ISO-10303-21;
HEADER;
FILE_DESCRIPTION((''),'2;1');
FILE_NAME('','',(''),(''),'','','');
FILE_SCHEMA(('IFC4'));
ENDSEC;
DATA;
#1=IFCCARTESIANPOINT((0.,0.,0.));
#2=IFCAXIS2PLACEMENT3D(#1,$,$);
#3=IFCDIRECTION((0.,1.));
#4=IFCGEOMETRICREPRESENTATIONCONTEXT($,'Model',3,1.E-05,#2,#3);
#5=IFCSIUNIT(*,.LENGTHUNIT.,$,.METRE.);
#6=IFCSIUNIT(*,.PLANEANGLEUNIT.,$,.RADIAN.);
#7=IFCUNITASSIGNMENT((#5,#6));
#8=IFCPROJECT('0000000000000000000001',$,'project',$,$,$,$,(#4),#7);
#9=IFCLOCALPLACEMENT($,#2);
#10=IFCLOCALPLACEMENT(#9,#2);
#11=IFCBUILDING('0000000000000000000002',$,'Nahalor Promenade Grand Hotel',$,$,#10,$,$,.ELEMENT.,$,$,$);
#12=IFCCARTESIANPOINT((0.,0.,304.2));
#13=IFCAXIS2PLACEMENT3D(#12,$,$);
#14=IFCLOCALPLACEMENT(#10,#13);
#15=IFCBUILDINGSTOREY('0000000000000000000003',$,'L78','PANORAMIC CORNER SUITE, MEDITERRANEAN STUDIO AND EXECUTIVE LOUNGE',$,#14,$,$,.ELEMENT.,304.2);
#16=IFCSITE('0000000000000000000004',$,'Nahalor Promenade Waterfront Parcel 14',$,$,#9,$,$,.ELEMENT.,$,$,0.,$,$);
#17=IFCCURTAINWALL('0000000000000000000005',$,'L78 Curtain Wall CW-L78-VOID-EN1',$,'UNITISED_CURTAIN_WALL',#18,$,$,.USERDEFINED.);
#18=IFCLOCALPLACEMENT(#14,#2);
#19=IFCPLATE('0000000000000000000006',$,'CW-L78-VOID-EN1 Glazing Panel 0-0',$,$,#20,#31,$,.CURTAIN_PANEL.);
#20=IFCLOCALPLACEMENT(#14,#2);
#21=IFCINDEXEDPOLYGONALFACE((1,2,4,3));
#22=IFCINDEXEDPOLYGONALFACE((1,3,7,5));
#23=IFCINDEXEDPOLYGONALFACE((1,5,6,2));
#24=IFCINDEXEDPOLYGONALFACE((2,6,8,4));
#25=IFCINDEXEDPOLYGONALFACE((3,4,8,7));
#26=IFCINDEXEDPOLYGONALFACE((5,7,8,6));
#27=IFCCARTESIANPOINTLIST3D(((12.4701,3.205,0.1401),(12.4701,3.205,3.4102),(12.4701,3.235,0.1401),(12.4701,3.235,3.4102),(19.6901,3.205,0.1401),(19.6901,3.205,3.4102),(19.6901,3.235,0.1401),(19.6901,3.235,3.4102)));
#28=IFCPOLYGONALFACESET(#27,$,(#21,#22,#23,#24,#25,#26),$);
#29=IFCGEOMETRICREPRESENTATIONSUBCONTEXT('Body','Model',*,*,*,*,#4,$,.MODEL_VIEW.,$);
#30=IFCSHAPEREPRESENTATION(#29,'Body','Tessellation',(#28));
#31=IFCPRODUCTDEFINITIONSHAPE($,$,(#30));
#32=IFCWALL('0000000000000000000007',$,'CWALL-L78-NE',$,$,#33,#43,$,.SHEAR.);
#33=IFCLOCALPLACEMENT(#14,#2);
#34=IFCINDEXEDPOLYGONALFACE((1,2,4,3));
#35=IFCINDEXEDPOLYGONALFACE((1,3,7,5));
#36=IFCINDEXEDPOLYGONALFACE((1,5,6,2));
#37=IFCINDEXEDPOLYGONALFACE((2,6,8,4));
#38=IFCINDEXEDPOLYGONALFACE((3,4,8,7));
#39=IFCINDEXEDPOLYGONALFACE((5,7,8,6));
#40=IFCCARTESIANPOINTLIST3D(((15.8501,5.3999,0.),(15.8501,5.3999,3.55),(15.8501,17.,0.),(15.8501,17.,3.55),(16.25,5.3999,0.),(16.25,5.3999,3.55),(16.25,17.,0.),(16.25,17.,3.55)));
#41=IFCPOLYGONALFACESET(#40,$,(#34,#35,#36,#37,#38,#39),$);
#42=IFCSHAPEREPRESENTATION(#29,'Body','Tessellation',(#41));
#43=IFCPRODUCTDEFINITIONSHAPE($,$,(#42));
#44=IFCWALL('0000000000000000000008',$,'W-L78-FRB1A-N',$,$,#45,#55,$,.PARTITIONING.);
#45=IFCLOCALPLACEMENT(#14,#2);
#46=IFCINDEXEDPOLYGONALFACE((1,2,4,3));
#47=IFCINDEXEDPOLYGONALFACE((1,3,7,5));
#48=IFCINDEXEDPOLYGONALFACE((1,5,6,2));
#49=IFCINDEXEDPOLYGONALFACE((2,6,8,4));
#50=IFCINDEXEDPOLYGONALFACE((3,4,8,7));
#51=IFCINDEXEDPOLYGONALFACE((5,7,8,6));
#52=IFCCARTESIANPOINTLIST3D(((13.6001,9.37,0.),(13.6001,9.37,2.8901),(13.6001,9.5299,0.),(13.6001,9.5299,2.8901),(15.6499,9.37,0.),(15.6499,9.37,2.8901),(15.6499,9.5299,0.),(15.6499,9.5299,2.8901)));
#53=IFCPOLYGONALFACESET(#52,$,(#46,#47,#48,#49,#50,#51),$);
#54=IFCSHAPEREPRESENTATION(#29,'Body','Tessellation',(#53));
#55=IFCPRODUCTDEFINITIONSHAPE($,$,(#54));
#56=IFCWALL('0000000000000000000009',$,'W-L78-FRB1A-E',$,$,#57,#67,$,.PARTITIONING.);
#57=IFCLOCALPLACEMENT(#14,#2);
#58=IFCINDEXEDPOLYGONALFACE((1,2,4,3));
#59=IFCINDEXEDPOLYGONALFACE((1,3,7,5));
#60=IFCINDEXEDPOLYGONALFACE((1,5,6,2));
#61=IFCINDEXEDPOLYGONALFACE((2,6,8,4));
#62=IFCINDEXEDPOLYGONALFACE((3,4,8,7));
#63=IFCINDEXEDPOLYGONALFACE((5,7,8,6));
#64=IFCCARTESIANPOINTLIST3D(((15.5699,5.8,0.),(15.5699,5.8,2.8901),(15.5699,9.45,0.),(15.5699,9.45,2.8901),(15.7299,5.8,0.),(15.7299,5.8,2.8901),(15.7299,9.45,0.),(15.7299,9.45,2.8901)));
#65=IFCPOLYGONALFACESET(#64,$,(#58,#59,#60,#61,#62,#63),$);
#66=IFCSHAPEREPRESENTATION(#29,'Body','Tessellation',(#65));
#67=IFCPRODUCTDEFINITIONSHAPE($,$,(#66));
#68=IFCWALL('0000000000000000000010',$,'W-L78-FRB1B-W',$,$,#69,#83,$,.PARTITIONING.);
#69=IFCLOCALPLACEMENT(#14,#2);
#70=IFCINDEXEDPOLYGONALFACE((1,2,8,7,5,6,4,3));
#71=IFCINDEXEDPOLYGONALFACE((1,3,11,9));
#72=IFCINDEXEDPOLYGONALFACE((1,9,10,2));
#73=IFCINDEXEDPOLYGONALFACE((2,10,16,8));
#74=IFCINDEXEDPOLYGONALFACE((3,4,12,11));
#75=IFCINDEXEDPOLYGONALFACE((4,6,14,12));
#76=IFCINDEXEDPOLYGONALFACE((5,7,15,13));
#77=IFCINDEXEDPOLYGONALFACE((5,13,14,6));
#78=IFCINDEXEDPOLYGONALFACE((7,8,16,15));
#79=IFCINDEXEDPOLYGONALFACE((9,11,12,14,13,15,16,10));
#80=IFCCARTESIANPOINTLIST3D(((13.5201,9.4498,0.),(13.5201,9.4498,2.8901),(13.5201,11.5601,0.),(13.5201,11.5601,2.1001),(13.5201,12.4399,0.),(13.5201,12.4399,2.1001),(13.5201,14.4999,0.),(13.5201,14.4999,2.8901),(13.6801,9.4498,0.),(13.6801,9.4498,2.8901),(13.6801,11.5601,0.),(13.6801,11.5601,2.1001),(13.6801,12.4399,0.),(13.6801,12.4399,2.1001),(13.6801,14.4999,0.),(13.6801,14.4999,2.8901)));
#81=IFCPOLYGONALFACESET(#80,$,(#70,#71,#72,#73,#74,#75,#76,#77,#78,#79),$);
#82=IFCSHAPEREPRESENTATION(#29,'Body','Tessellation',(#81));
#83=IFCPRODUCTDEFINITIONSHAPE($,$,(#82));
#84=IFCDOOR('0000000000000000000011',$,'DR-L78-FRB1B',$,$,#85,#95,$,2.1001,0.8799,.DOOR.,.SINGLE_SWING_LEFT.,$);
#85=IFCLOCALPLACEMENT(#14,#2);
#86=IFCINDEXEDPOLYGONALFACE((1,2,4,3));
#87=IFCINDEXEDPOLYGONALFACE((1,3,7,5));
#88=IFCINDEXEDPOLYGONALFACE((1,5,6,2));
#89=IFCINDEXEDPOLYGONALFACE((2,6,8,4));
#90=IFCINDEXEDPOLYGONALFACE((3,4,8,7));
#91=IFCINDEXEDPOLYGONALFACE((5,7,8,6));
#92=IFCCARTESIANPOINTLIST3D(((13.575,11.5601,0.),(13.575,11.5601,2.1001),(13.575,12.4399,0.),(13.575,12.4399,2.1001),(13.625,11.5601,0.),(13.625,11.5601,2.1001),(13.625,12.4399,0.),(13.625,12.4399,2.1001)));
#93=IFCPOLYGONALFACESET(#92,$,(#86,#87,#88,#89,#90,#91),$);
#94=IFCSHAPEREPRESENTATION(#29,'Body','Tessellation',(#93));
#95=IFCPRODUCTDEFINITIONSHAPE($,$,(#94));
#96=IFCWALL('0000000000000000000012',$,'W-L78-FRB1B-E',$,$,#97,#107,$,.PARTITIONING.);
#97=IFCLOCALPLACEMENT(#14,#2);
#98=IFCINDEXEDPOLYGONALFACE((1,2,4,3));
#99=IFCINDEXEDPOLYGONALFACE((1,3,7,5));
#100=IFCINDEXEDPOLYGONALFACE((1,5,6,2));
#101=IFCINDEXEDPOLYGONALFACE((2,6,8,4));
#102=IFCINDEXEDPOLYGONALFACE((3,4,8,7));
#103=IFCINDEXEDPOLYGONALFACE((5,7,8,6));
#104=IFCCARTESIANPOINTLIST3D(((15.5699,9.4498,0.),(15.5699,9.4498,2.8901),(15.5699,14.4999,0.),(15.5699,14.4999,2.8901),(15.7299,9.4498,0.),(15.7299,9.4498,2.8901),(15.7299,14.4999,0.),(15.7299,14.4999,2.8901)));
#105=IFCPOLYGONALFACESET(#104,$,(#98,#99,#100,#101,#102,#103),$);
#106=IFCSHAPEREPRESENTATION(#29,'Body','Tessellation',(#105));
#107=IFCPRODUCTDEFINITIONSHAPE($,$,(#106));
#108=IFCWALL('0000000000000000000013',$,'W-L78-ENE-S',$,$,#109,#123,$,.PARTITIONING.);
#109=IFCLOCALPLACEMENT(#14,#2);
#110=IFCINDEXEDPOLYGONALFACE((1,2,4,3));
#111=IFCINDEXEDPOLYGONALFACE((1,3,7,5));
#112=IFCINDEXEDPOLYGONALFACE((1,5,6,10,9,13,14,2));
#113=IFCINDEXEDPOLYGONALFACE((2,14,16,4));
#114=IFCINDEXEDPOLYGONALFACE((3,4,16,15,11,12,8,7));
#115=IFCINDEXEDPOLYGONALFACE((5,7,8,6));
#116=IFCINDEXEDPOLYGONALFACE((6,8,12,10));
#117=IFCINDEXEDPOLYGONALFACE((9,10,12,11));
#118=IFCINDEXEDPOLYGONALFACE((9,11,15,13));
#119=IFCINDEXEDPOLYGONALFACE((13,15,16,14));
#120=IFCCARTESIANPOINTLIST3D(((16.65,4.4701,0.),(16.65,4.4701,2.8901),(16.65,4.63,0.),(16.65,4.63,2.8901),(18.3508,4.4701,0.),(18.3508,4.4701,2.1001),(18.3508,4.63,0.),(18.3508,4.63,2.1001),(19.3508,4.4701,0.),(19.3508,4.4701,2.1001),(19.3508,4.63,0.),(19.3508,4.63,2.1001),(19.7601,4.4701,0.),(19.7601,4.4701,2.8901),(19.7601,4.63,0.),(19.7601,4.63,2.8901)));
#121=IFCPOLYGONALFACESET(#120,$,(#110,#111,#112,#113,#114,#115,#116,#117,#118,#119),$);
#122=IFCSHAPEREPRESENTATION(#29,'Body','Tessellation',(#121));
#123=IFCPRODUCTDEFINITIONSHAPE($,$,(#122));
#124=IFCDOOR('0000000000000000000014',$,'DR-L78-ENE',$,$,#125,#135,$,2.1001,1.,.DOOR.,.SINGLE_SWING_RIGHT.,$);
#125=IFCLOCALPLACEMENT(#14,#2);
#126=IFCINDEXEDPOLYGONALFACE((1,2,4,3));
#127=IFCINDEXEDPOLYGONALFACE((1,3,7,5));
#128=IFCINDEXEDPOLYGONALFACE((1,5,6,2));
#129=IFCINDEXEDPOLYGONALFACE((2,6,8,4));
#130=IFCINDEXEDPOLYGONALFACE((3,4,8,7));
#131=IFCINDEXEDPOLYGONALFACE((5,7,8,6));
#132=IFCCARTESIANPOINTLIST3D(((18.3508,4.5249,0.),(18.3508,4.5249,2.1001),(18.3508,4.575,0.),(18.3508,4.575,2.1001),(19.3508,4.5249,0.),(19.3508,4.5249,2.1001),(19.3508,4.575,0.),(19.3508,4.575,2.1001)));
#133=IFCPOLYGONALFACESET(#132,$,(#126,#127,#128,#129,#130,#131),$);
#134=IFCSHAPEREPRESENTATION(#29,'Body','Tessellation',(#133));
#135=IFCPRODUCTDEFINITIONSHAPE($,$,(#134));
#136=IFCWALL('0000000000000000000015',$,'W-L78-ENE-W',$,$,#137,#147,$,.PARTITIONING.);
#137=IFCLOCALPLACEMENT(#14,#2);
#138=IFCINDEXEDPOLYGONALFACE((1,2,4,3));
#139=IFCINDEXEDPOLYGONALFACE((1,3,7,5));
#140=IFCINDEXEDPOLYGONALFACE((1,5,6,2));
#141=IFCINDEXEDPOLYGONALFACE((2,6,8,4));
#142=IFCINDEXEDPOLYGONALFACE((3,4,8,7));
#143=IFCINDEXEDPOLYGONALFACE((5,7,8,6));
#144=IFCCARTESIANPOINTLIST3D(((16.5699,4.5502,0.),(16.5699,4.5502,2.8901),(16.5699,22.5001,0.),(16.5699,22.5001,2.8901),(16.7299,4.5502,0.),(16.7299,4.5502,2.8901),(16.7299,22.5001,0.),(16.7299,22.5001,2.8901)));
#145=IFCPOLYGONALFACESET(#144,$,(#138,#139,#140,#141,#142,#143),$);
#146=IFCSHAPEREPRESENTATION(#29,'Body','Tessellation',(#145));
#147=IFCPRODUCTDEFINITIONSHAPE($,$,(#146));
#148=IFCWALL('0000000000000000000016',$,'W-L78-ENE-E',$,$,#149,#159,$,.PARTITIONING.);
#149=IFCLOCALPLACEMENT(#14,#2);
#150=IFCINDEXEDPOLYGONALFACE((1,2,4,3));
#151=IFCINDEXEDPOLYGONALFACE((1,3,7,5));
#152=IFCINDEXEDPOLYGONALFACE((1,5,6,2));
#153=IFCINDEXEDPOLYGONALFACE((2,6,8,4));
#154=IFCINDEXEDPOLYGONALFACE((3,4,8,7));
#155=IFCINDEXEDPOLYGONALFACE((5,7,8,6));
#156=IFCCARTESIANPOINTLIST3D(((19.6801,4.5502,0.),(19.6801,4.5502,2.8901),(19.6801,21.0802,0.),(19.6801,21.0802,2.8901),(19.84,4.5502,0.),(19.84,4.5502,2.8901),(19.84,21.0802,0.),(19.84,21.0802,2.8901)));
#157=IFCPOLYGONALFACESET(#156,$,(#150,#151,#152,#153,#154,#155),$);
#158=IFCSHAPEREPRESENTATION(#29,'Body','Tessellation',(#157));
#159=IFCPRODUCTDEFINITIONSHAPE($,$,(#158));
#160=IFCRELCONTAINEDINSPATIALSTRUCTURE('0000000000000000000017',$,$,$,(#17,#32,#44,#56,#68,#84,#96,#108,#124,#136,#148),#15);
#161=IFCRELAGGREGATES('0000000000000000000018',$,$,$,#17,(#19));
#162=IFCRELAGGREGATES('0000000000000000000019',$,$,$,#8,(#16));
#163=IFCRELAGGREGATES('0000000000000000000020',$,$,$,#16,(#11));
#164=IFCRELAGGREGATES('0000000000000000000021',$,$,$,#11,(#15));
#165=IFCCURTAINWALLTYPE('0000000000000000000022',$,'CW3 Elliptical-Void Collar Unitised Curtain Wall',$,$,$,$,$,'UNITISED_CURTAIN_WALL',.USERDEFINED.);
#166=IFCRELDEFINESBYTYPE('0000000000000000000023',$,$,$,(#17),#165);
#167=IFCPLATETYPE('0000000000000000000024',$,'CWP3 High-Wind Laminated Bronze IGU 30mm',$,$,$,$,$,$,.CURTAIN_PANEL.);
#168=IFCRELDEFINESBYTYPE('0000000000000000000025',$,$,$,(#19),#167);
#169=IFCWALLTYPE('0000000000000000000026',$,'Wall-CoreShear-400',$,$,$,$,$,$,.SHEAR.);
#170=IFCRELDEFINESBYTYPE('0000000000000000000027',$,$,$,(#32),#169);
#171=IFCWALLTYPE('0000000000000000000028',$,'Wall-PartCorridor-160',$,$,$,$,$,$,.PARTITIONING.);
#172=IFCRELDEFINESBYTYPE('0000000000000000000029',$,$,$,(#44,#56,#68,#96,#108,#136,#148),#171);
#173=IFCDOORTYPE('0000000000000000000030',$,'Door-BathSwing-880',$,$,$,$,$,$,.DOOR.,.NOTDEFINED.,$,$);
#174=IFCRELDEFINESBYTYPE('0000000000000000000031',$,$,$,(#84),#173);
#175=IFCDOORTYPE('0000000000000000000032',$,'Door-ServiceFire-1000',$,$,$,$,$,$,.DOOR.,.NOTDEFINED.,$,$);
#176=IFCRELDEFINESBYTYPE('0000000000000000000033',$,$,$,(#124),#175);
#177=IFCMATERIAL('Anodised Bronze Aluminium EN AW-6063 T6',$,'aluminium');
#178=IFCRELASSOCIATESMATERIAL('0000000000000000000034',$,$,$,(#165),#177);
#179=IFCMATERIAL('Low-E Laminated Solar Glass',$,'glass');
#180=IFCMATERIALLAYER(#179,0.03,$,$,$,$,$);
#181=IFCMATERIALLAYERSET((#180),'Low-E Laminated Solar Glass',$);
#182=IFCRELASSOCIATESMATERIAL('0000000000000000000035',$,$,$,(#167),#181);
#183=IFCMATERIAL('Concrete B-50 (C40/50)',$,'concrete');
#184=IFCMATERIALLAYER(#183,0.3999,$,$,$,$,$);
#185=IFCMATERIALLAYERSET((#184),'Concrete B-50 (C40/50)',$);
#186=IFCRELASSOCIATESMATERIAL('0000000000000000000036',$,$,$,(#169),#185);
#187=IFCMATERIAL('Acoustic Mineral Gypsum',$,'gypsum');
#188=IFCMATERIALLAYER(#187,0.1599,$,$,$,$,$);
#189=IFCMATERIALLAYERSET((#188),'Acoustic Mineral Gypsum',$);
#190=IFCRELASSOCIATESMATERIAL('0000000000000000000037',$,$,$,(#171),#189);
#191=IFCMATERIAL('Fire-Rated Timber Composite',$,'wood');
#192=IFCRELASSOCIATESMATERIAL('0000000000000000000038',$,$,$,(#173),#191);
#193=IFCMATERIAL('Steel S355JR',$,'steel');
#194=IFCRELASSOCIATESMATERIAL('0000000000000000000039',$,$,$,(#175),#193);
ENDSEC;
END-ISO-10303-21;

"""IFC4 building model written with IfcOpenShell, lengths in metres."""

from ifc_helpers import new_model, si_unit, direction, frame, frame_2d, origin, origin_2d, place, context, subcontext, project, spatial, rectangle, extrude, source, transform, mapped, material, layer, layer_set, type_object, element, fill, aggregate, save


model = new_model("IFC4")

# Units and contexts
model_context = context("Model", 3, precision=1e-05, world=origin(), true_north=direction((0.0, 1.0)))
body_context = subcontext(model_context, "Body", "Model", "MODEL_VIEW")
ifc_project = project(units=[si_unit("LENGTHUNIT", "METRE"), si_unit("PLANEANGLEUNIT", "RADIAN")], contexts=[model_context])

# Site, building, storey
site_placement = place(None, origin())
site = spatial("IfcSite", under=ifc_project, at=site_placement, Name="Nahalor Promenade Waterfront Parcel 14", CompositionType="ELEMENT", RefElevation=0.0)
building_placement = place(site_placement, origin())
building = spatial("IfcBuilding", under=site, at=building_placement, Name="Nahalor Promenade Grand Hotel", CompositionType="ELEMENT")
storey_placement = place(building_placement, frame((0.0, 0.0, 304.2)))
storey = spatial("IfcBuildingStorey", under=building, at=storey_placement, Name="L78", Description="PANORAMIC CORNER SUITE, MEDITERRANEAN STUDIO AND EXECUTIVE LOUNGE", CompositionType="ELEMENT", Elevation=304.2)

# Shared definitions
ifc_material_1 = material(Name="Steel S355JR", Category="steel")

# Shared definitions
ifc_material_2 = material(Name="Anodised Bronze Aluminium EN AW-6063 T6", Category="aluminium")
curtain_wall_type = type_object("IfcCurtainWallType", Name="CW3 Elliptical-Void Collar Unitised Curtain Wall", ElementType="UNITISED_CURTAIN_WALL", PredefinedType="USERDEFINED", material=ifc_material_2)

# Curtain wall
curtain_wall_1_placement = place(storey_placement, origin())
curtain_wall_1 = element("IfcCurtainWall", 1, at=curtain_wall_1_placement, inside=storey, type_object=curtain_wall_type, Name="L78 Curtain Wall CW-L78-VOID-EN1", ObjectType="UNITISED_CURTAIN_WALL", PredefinedType="USERDEFINED")

# Shared definitions
ifc_material_3 = material(Name="Low-E Laminated Solar Glass", Category="glass")
ifc_layer_1 = layer(ifc_material_3, 0.03)
ifc_layer_set_1 = layer_set([ifc_layer_1], Name="Low-E Laminated Solar Glass")
plate_type_1 = type_object("IfcPlateType", Name="CWP3 High-Wind Laminated Bronze IGU 30mm", PredefinedType="CURTAIN_PANEL", material=ifc_layer_set_1)

# Plate
shared_shape_1 = source(origin(), body_context, "Body", "SweptSolid", [
    extrude(rectangle(XDim=7.22, YDim=0.03, at=origin_2d()), origin(), (0.0, 0.0, 1.0), 3.27),
])
plate_1_placement = place(storey_placement, frame((16.0801, 3.22, 0.1401), z_axis=(0.0, 0.0, 1.0), x_axis=(1.0, 0.0, 0.0)))
plate_1 = element("IfcPlate", 2, at=plate_1_placement, type_object=plate_type_1, Name="CW-L78-VOID-EN1 Glazing Panel 0-0", PredefinedType="CURTAIN_PANEL", context=body_context, shape_type="MappedRepresentation", body=[
    mapped(shared_shape_1, transform((0.0, 0.0, 0.0), scale=1.0)),
])
aggregate(curtain_wall_1, [plate_1])

# Walls
ifc_material_4 = material(Name="Concrete B-50 (C40/50)", Category="concrete")
ifc_layer_2 = layer(ifc_material_4, 0.3999)
ifc_layer_set_2 = layer_set([ifc_layer_2], Name="Concrete B-50 (C40/50)")
wall_type_1 = type_object("IfcWallType", Name="Wall-CoreShear-400", PredefinedType="SHEAR", material=ifc_layer_set_2)
shared_shape_2 = source(origin(), body_context, "Body", "SweptSolid", [
    extrude(rectangle(XDim=11.6001, YDim=0.3999, at=frame_2d((5.8, 0.0))), origin(), (0.0, 0.0, 1.0), 3.55),
])
wall_1_placement = place(storey_placement, frame((16.05, 5.3999, 0.0), z_axis=(0.0, 0.0, 1.0), x_axis=(0.0, 1.0, 0.0)))
element("IfcWall", 3, at=wall_1_placement, inside=storey, type_object=wall_type_1, Name="CWALL-L78-NE", PredefinedType="SHEAR", context=body_context, shape_type="MappedRepresentation", body=[
    mapped(shared_shape_2, transform((0.0, 0.0, 0.0), scale=1.0)),
])
ifc_material_5 = material(Name="Acoustic Mineral Gypsum", Category="gypsum")
ifc_layer_3 = layer(ifc_material_5, 0.1599)
ifc_layer_set_3 = layer_set([ifc_layer_3], Name="Acoustic Mineral Gypsum")
wall_type_2 = type_object("IfcWallType", Name="Wall-PartCorridor-160", PredefinedType="PARTITIONING", material=ifc_layer_set_3)
shared_shape_3 = source(origin(), body_context, "Body", "SweptSolid", [
    extrude(rectangle(XDim=2.0498, YDim=0.1599, at=frame_2d((1.0249, 0.0))), origin(), (0.0, 0.0, 1.0), 2.8901),
])
wall_2_placement = place(storey_placement, frame((13.6001, 9.45, 0.0), z_axis=(0.0, 0.0, 1.0), x_axis=(1.0, 0.0, 0.0)))
element("IfcWall", 4, at=wall_2_placement, inside=storey, type_object=wall_type_2, Name="W-L78-FRB1A-N", PredefinedType="PARTITIONING", context=body_context, shape_type="MappedRepresentation", body=[
    mapped(shared_shape_3, transform((0.0, 0.0, 0.0), scale=1.0)),
])
shared_shape_4 = source(origin(), body_context, "Body", "SweptSolid", [
    extrude(rectangle(XDim=3.6499, YDim=0.1599, at=frame_2d((1.825, 0.0))), origin(), (0.0, 0.0, 1.0), 2.8901),
])
wall_3_placement = place(storey_placement, frame((15.6499, 5.8, 0.0), z_axis=(0.0, 0.0, 1.0), x_axis=(0.0, 1.0, 0.0)))
element("IfcWall", 5, at=wall_3_placement, inside=storey, type_object=wall_type_2, Name="W-L78-FRB1A-E", PredefinedType="PARTITIONING", context=body_context, shape_type="MappedRepresentation", body=[
    mapped(shared_shape_4, transform((0.0, 0.0, 0.0), scale=1.0)),
])

# Wall, opening, door
shared_shape_5 = source(origin(), body_context, "Body", "SweptSolid", [
    extrude(rectangle(XDim=5.05, YDim=0.1599, at=frame_2d((2.5249, 0.0))), origin(), (0.0, 0.0, 1.0), 2.8901),
])
wall_4_placement = place(storey_placement, frame((13.6001, 9.45, 0.0), z_axis=(0.0, 0.0, 1.0), x_axis=(0.0, 1.0, 0.0)))
wall_4 = element("IfcWall", 6, at=wall_4_placement, inside=storey, type_object=wall_type_2, Name="W-L78-FRB1B-W", PredefinedType="PARTITIONING", context=body_context, shape_type="MappedRepresentation", body=[
    mapped(shared_shape_5, transform((0.0, 0.0, 0.0), scale=1.0)),
])
opening_1_placement = place(wall_4_placement, frame((2.1101, 0.0, 0.0)))
opening_1 = element("IfcOpeningElement", 7, at=opening_1_placement, cuts=wall_4, PredefinedType="OPENING", context=body_context, shape_type="SweptSolid", body=[
    extrude(rectangle(XDim=0.8799, YDim=2.1001, at=frame_2d((0.4399, 1.05))), frame((0.0, 0.0898, 0.0), z_axis=(0.0, -1.0, 0.0), x_axis=(1.0, 0.0, 0.0)), (0.0, 0.0, 1.0), 0.1799),
])
ifc_material_6 = material(Name="Fire-Rated Timber Composite", Category="wood")
door_type_1 = type_object("IfcDoorType", Name="Door-BathSwing-880", OperationType="NOTDEFINED", PredefinedType="DOOR", material=ifc_material_6)
shared_shape_6 = source(origin(), body_context, "Body", "SweptSolid", [
    extrude(rectangle(XDim=0.8799, YDim=2.1001, at=frame_2d((0.4399, 1.05))), frame((0.0, 0.0249, 0.0), z_axis=(0.0, -1.0, 0.0), x_axis=(1.0, 0.0, 0.0)), (0.0, 0.0, 1.0), 0.05),
])
door_1_placement = place(opening_1_placement, frame((0.8799, 0.0, 0.0), z_axis=(0.0, 0.0, 1.0), x_axis=(-1.0, 0.0, 0.0)))
door_1 = element("IfcDoor", 8, at=door_1_placement, inside=storey, type_object=door_type_1, Name="DR-L78-FRB1B", OperationType="SINGLE_SWING_LEFT", OverallHeight=2.1001, OverallWidth=0.8799, PredefinedType="DOOR", context=body_context, shape_type="MappedRepresentation", body=[
    mapped(shared_shape_6, transform((0.0, 0.0, 0.0), scale=1.0)),
])
fill(opening_1, door_1)

# Wall
wall_5_placement = place(storey_placement, frame((15.6499, 9.45, 0.0), z_axis=(0.0, 0.0, 1.0), x_axis=(0.0, 1.0, 0.0)))
element("IfcWall", 9, at=wall_5_placement, inside=storey, type_object=wall_type_2, Name="W-L78-FRB1B-E", PredefinedType="PARTITIONING", context=body_context, shape_type="MappedRepresentation", body=[
    mapped(shared_shape_5, transform((0.0, 0.0, 0.0), scale=1.0)),
])

# Wall, opening, door
shared_shape_7 = source(origin(), body_context, "Body", "SweptSolid", [
    extrude(rectangle(XDim=3.1101, YDim=0.1599, at=frame_2d((1.5552, 0.0))), origin(), (0.0, 0.0, 1.0), 2.8901),
])
wall_6_placement = place(storey_placement, frame((16.6499, 4.55, 0.0), z_axis=(0.0, 0.0, 1.0), x_axis=(1.0, 0.0, 0.0)))
wall_6 = element("IfcWall", 10, at=wall_6_placement, inside=storey, type_object=wall_type_2, Name="W-L78-ENE-S", PredefinedType="PARTITIONING", context=body_context, shape_type="MappedRepresentation", body=[
    mapped(shared_shape_7, transform((0.0, 0.0, 0.0), scale=1.0)),
])
opening_2_placement = place(wall_6_placement, frame((1.7009, 0.0, 0.0)))
opening_2 = element("IfcOpeningElement", 11, at=opening_2_placement, cuts=wall_6, PredefinedType="OPENING", context=body_context, shape_type="SweptSolid", body=[
    extrude(rectangle(XDim=1.0, YDim=2.1001, at=frame_2d((0.5, 1.05))), frame((0.0, 0.0898, 0.0), z_axis=(0.0, -1.0, 0.0), x_axis=(1.0, 0.0, 0.0)), (0.0, 0.0, 1.0), 0.1799),
])
door_type_2 = type_object("IfcDoorType", Name="Door-ServiceFire-1000", OperationType="NOTDEFINED", PredefinedType="DOOR", material=ifc_material_1)
shared_shape_8 = source(origin(), body_context, "Body", "SweptSolid", [
    extrude(rectangle(XDim=1.0, YDim=2.1001, at=frame_2d((0.5, 1.05))), frame((0.0, 0.0249, 0.0), z_axis=(0.0, -1.0, 0.0), x_axis=(1.0, 0.0, 0.0)), (0.0, 0.0, 1.0), 0.05),
])
door_2_placement = place(opening_2_placement, origin())
door_2 = element("IfcDoor", 12, at=door_2_placement, inside=storey, type_object=door_type_2, Name="DR-L78-ENE", OperationType="SINGLE_SWING_RIGHT", OverallHeight=2.1001, OverallWidth=1.0, PredefinedType="DOOR", context=body_context, shape_type="MappedRepresentation", body=[
    mapped(shared_shape_8, transform((0.0, 0.0, 0.0), scale=1.0)),
])
fill(opening_2, door_2)

# Walls
shared_shape_9 = source(origin(), body_context, "Body", "SweptSolid", [
    extrude(rectangle(XDim=17.95, YDim=0.1599, at=frame_2d((8.9751, 0.0))), origin(), (0.0, 0.0, 1.0), 2.8901),
])
wall_7_placement = place(storey_placement, frame((16.6499, 4.55, 0.0), z_axis=(0.0, 0.0, 1.0), x_axis=(0.0, 1.0, 0.0)))
element("IfcWall", 13, at=wall_7_placement, inside=storey, type_object=wall_type_2, Name="W-L78-ENE-W", PredefinedType="PARTITIONING", context=body_context, shape_type="MappedRepresentation", body=[
    mapped(shared_shape_9, transform((0.0, 0.0, 0.0), scale=1.0)),
])
shared_shape_10 = source(origin(), body_context, "Body", "SweptSolid", [
    extrude(rectangle(XDim=16.53, YDim=0.1599, at=frame_2d((8.2651, 0.0))), origin(), (0.0, 0.0, 1.0), 2.8901),
])
wall_8_placement = place(storey_placement, frame((19.76, 4.55, 0.0), z_axis=(0.0, 0.0, 1.0), x_axis=(0.0, 1.0, 0.0)))
element("IfcWall", 14, at=wall_8_placement, inside=storey, type_object=wall_type_2, Name="W-L78-ENE-E", PredefinedType="PARTITIONING", context=body_context, shape_type="MappedRepresentation", body=[
    mapped(shared_shape_10, transform((0.0, 0.0, 0.0), scale=1.0)),
])

save(model, "model.ifc")
